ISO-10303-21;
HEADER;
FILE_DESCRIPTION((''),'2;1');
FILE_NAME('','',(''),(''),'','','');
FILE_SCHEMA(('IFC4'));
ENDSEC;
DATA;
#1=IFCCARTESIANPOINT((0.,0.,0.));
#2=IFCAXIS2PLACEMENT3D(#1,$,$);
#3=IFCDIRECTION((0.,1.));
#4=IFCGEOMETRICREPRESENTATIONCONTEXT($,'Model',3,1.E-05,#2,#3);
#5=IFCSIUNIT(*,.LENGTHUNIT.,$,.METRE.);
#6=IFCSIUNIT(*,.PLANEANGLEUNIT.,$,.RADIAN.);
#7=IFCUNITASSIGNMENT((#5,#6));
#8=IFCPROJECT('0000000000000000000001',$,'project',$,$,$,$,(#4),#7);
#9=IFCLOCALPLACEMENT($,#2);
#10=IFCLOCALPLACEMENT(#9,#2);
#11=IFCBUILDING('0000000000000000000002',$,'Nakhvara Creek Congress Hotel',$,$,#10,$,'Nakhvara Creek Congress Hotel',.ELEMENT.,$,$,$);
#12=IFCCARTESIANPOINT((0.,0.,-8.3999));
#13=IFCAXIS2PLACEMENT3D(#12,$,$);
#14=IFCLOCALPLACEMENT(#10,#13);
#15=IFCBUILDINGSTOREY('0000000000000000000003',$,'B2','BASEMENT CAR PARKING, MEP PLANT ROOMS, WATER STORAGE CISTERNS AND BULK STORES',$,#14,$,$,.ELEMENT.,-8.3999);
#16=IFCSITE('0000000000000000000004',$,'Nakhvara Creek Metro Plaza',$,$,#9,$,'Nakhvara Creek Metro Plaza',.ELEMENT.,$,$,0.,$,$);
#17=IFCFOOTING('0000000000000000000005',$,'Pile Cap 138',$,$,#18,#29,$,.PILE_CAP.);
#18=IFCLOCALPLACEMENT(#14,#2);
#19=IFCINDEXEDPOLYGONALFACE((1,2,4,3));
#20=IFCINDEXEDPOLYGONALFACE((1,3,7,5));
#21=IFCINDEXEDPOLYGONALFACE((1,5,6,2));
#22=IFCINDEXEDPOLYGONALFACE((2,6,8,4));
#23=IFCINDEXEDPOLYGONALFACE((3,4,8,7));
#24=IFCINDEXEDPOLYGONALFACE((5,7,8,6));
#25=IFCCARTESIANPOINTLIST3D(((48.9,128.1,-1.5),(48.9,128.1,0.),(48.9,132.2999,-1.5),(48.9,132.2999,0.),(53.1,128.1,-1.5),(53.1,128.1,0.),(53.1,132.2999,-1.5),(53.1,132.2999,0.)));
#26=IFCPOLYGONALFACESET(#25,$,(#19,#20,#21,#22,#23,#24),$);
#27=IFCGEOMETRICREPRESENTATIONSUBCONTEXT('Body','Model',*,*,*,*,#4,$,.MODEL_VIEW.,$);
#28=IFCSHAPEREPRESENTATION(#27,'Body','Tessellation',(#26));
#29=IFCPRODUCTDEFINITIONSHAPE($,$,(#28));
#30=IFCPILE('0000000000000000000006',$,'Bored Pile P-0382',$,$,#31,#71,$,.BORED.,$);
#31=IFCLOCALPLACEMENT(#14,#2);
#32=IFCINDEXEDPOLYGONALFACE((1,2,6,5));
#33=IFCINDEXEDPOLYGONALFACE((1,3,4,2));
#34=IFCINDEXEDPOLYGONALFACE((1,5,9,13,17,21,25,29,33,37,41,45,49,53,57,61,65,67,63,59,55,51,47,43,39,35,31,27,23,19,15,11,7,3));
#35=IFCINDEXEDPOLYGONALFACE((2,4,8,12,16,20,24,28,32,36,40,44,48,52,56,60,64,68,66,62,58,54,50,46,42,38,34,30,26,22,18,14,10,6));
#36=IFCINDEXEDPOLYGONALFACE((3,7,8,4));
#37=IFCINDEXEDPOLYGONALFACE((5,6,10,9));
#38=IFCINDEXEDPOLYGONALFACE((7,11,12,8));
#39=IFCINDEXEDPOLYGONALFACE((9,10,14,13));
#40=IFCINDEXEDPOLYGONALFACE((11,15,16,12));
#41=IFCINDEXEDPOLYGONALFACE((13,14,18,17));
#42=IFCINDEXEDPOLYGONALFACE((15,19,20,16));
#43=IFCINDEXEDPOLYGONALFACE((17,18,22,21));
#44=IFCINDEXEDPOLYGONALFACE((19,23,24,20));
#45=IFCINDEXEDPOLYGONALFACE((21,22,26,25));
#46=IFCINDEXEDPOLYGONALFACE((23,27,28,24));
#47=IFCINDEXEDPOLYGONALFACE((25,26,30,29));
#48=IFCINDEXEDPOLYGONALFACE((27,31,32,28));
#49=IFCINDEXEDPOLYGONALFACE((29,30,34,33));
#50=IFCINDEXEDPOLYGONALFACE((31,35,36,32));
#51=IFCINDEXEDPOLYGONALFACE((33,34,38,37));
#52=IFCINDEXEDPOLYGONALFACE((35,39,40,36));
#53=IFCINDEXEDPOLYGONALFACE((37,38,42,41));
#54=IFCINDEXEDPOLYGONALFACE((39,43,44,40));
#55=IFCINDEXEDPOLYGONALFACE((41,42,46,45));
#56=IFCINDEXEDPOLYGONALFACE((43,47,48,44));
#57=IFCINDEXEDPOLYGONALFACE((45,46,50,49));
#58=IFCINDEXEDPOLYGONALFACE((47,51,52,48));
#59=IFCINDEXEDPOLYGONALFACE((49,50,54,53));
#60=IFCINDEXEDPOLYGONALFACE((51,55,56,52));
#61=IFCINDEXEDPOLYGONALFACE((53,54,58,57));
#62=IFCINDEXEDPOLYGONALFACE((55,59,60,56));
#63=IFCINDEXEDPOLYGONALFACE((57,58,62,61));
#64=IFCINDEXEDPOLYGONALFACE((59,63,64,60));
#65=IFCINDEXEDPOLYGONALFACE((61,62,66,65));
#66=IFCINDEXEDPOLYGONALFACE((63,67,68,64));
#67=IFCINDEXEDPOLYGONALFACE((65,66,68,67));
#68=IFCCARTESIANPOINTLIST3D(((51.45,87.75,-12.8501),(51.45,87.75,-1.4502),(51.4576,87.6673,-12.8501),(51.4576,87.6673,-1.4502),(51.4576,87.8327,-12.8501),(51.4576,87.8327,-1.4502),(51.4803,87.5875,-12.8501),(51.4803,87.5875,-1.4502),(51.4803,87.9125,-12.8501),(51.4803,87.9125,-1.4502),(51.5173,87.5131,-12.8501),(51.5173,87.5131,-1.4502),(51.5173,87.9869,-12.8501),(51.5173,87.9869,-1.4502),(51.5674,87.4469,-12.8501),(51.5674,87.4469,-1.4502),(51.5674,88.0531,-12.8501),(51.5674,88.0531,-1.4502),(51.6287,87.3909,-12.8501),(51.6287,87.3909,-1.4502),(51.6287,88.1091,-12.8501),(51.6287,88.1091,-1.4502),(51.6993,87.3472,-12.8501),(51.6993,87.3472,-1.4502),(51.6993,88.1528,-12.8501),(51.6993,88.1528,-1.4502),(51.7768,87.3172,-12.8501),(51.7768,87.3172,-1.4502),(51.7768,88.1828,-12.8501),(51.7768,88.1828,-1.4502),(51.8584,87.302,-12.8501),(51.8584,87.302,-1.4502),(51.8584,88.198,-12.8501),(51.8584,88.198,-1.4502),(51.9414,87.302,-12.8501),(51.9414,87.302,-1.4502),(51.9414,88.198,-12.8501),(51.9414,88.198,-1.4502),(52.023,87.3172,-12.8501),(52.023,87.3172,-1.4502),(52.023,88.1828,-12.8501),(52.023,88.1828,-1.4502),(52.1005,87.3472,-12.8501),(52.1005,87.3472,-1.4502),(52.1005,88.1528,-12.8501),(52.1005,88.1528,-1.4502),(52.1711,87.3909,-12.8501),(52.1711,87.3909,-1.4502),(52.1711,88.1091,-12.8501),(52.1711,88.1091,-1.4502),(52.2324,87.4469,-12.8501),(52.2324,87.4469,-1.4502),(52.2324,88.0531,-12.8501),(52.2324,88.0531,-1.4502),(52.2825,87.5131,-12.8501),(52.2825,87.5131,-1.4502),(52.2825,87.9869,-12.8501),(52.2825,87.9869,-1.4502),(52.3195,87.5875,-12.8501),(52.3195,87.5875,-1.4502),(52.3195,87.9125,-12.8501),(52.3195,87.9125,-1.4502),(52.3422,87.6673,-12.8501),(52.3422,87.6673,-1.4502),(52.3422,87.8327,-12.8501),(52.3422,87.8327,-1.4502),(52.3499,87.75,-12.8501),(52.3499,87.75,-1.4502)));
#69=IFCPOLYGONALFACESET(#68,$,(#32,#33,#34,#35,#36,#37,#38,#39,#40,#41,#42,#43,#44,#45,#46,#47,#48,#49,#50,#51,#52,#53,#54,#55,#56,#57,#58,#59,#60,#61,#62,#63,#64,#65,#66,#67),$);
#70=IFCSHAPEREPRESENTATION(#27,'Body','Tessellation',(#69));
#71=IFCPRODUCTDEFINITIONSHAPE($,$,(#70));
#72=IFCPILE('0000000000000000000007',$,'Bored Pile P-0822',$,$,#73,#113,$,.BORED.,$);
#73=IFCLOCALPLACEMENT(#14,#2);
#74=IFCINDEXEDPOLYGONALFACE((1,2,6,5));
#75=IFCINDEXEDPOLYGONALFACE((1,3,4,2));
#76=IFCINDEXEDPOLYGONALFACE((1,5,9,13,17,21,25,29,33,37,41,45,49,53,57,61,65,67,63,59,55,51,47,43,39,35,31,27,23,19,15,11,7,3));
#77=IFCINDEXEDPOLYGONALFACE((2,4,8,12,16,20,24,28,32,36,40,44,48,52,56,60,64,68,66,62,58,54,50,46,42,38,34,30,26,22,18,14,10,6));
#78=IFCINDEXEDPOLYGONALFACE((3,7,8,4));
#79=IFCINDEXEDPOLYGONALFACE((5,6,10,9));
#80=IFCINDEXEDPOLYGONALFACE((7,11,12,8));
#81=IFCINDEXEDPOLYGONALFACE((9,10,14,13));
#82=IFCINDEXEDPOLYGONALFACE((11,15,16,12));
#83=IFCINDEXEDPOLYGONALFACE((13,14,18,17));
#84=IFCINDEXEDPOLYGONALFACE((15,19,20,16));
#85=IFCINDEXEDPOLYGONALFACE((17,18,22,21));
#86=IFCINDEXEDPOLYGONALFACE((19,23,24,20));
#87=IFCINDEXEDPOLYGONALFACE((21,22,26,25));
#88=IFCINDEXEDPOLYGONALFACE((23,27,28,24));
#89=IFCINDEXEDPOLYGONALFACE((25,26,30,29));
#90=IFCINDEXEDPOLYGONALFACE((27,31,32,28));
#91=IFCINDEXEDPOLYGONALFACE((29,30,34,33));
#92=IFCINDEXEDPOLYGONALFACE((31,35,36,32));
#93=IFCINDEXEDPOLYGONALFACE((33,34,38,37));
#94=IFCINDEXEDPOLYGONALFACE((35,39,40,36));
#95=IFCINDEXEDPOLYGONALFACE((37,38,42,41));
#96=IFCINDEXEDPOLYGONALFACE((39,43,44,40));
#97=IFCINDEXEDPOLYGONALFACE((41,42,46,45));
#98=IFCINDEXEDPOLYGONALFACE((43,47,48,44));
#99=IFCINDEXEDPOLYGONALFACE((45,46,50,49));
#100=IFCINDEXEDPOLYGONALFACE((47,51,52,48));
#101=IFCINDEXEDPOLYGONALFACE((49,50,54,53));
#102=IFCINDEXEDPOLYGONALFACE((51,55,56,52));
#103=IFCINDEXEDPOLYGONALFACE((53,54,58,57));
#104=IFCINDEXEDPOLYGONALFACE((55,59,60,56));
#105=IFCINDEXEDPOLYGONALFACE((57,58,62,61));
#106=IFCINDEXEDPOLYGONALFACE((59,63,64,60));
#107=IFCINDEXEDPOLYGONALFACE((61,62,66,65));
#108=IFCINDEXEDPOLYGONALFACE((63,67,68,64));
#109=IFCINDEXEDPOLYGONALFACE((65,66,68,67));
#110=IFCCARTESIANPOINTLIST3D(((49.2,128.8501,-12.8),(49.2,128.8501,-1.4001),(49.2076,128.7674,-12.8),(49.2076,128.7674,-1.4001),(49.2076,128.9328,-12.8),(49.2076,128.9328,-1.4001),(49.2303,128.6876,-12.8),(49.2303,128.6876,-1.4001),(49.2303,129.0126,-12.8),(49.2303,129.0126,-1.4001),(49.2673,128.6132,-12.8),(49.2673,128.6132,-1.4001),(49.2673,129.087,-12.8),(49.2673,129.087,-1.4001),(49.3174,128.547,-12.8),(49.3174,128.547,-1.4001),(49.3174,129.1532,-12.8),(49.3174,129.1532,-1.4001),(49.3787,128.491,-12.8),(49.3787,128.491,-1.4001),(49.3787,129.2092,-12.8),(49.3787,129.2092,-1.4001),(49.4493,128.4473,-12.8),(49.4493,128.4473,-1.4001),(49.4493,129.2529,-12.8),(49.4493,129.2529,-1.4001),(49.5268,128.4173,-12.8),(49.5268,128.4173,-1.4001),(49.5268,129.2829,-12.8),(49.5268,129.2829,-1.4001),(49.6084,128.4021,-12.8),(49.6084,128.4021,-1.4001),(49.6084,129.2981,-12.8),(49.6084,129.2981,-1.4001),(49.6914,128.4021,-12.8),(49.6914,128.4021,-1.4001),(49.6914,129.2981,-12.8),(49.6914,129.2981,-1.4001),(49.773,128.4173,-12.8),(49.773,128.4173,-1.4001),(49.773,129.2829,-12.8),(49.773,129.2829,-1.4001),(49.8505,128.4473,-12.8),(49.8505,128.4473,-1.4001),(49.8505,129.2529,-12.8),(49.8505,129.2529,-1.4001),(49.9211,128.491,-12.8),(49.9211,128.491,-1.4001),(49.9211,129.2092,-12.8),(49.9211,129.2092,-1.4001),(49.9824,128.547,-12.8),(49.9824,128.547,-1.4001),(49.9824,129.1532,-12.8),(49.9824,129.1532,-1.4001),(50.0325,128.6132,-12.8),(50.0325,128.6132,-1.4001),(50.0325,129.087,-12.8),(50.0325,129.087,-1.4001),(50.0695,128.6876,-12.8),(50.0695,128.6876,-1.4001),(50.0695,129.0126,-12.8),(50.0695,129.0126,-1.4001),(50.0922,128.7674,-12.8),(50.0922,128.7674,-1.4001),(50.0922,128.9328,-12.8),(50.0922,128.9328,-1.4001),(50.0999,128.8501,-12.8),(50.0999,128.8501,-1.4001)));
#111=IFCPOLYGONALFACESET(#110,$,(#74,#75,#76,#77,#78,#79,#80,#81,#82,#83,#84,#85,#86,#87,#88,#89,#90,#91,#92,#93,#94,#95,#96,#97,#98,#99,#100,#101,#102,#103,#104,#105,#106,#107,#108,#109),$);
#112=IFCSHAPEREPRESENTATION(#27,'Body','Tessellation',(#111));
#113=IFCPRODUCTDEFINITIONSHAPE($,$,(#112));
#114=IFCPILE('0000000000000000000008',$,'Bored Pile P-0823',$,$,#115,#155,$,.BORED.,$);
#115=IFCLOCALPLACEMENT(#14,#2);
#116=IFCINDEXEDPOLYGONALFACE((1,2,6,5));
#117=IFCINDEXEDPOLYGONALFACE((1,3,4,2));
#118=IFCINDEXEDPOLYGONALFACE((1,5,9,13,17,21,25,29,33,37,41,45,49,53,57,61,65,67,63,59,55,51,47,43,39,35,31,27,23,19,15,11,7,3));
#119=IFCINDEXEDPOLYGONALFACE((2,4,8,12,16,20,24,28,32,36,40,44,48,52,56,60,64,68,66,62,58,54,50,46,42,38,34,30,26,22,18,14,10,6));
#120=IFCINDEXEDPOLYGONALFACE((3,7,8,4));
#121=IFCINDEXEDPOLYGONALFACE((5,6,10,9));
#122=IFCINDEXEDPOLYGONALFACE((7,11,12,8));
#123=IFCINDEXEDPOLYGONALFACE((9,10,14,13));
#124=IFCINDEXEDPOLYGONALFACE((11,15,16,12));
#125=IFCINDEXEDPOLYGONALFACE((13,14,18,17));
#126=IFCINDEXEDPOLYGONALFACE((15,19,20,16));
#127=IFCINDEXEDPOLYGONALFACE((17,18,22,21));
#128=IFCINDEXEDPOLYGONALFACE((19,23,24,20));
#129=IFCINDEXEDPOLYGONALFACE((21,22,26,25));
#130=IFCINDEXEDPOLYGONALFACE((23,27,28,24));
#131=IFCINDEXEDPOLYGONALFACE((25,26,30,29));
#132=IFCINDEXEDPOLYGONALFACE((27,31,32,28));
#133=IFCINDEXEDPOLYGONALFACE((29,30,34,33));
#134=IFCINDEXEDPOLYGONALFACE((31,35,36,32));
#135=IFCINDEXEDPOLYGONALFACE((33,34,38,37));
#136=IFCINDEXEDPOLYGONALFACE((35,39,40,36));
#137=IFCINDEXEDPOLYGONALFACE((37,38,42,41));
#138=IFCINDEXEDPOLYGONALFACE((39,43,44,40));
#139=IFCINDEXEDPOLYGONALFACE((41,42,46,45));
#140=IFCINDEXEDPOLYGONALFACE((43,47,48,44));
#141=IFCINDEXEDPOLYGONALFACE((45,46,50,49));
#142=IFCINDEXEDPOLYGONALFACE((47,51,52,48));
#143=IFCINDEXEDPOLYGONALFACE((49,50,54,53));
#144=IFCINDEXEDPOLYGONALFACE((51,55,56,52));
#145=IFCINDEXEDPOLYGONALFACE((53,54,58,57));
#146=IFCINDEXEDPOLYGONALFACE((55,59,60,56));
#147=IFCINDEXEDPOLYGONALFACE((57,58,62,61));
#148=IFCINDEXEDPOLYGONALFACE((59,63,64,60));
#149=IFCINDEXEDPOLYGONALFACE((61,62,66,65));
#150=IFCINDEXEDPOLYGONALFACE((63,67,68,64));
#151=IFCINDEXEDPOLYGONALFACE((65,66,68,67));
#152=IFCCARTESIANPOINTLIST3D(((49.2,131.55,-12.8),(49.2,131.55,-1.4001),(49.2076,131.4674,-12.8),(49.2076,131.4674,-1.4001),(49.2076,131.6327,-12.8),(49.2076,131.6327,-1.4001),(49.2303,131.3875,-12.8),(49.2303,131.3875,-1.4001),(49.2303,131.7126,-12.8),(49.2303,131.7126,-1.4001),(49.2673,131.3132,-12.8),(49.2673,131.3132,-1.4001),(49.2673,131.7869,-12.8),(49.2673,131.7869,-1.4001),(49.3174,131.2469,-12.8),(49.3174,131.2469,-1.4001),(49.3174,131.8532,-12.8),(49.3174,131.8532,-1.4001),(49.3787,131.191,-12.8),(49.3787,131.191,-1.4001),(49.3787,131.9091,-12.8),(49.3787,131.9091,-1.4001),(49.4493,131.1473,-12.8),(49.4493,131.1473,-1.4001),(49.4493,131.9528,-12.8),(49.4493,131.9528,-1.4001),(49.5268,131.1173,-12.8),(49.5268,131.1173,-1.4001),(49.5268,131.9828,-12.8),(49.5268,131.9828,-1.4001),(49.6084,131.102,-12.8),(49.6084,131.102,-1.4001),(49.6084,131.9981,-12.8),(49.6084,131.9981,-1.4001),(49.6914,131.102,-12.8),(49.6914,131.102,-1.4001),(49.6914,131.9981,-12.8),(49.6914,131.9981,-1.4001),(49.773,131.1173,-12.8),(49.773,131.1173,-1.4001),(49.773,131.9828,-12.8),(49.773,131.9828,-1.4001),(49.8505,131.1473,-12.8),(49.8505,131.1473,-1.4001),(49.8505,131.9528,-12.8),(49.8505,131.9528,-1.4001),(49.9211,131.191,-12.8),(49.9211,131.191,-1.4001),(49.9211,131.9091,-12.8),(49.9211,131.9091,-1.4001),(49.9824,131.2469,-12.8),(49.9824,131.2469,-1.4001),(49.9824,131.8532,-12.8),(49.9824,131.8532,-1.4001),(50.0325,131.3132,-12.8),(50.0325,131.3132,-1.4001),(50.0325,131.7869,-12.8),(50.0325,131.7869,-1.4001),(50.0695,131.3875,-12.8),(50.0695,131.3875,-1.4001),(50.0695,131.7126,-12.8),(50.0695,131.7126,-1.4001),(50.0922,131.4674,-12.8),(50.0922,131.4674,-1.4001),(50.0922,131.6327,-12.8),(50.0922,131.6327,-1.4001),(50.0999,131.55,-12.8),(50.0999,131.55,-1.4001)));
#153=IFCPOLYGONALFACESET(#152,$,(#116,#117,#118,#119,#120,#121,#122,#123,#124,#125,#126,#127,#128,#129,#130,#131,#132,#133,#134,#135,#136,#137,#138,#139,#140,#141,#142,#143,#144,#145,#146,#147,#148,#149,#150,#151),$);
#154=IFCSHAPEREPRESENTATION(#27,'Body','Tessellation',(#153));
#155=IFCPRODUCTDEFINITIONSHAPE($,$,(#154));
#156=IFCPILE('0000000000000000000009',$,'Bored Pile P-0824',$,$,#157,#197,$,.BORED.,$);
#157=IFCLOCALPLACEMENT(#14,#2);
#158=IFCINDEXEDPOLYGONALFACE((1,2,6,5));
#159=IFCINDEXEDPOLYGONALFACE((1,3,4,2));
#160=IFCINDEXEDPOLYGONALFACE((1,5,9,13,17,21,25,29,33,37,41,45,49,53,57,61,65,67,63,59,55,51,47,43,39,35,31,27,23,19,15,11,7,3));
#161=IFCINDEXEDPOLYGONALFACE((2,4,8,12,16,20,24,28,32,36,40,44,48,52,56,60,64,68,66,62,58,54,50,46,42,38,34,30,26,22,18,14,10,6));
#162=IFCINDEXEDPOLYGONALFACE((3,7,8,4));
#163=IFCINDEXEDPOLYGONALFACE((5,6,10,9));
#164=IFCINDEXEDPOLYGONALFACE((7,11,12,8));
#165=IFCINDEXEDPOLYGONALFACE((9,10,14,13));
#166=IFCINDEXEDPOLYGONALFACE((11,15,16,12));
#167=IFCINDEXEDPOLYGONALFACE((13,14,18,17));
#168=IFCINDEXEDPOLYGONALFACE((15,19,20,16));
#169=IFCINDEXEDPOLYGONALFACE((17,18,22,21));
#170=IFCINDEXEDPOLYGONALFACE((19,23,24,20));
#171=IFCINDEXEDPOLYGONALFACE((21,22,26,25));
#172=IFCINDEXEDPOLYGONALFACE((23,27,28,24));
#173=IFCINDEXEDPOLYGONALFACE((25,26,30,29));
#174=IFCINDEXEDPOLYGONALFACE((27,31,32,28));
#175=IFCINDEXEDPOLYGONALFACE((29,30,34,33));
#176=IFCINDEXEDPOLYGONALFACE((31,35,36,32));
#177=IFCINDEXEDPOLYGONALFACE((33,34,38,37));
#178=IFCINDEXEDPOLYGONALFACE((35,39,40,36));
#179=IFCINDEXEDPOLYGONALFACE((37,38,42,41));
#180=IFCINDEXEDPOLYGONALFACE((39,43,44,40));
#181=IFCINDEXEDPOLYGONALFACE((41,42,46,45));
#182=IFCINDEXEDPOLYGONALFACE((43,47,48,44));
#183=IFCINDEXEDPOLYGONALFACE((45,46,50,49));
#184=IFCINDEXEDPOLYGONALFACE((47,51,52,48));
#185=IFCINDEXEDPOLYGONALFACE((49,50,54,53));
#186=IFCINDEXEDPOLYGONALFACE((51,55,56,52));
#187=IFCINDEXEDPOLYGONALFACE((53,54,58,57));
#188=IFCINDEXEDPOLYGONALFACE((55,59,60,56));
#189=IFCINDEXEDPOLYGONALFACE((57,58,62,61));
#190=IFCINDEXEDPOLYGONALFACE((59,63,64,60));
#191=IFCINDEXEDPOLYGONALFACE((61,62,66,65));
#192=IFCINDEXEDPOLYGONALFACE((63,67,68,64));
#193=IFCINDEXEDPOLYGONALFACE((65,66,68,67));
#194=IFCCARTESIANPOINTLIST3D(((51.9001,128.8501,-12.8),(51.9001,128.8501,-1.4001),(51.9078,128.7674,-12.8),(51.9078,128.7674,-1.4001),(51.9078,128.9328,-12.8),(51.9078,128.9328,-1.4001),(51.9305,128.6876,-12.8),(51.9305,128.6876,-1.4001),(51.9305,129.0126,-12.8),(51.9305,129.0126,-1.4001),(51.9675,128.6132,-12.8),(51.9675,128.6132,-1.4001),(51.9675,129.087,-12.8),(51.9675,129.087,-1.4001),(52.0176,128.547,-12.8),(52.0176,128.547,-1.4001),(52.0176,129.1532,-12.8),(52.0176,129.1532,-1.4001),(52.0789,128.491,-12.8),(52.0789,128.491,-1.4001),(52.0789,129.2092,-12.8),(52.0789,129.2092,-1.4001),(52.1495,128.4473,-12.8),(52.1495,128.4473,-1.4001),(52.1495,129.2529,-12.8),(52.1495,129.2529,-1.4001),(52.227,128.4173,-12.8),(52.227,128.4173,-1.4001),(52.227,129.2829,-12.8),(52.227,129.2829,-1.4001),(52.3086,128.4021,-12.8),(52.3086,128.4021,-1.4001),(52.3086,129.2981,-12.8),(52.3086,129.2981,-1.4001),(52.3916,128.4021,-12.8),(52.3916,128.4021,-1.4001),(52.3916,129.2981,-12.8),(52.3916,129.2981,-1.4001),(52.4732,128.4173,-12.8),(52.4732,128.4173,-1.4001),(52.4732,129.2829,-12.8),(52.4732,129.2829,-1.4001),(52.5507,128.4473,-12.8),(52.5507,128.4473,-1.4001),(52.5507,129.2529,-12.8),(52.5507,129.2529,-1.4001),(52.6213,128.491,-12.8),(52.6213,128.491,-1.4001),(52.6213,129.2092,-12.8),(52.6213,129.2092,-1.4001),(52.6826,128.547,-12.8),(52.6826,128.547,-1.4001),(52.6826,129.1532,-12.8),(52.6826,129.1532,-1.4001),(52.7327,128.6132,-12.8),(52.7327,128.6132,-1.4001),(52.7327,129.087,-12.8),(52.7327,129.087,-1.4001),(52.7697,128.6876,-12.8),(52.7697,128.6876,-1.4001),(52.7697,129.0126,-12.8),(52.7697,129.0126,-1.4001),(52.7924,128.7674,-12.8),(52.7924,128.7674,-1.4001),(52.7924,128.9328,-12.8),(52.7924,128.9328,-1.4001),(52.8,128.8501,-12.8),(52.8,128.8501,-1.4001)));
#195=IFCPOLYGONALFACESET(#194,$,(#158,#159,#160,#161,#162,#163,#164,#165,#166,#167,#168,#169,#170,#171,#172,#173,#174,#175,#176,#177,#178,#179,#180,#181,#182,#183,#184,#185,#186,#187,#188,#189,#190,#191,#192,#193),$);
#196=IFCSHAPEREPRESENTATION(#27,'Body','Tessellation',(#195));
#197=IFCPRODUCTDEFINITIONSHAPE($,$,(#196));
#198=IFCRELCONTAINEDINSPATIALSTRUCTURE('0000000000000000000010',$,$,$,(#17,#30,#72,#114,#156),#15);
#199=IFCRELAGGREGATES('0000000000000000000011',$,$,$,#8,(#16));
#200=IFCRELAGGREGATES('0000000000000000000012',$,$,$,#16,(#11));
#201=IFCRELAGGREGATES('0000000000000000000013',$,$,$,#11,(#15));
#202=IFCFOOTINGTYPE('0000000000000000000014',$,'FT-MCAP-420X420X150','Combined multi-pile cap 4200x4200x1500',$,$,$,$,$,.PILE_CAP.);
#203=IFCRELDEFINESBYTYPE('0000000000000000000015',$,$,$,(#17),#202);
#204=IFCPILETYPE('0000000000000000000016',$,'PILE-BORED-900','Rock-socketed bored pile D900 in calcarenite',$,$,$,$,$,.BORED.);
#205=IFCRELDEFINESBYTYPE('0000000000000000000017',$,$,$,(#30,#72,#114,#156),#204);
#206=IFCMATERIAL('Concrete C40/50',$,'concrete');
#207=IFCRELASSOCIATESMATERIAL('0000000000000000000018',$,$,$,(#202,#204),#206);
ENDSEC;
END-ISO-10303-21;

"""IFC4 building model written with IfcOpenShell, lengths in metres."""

from ifc_helpers import new_model, si_unit, direction, frame, origin, origin_2d, place, context, subcontext, project, spatial, rectangle, circle, extrude, material, material_profile, profile_set, type_object, element, save


model = new_model("IFC4")

# Units and contexts
model_context = context("Model", 3, precision=1e-05, world=origin(), true_north=direction((0.0, 1.0)))
body_context = subcontext(model_context, "Body", "Model", "MODEL_VIEW")
ifc_project = project(units=[si_unit("LENGTHUNIT", "METRE"), si_unit("PLANEANGLEUNIT", "RADIAN")], contexts=[model_context])

# Site, building, storey
site_placement = place(None, origin())
site = spatial("IfcSite", under=ifc_project, at=site_placement, Name="Nakhvara Creek Metro Plaza", LongName="Nakhvara Creek Metro Plaza", CompositionType="ELEMENT", RefElevation=0.0)
building_placement = place(site_placement, origin())
building = spatial("IfcBuilding", under=site, at=building_placement, Name="Nakhvara Creek Congress Hotel", LongName="Nakhvara Creek Congress Hotel", CompositionType="ELEMENT")
storey_placement = place(building_placement, frame((0.0, 0.0, -8.3999)))
storey = spatial("IfcBuildingStorey", under=building, at=storey_placement, Name="B2", Description="BASEMENT CAR PARKING, MEP PLANT ROOMS, WATER STORAGE CISTERNS AND BULK STORES", CompositionType="ELEMENT", Elevation=-8.3999)

# Footing
ifc_material_1 = material(Name="Concrete C40/50", Category="concrete")
footing_type = type_object("IfcFootingType", Name="FT-MCAP-420X420X150", Description="Combined multi-pile cap 4200x4200x1500", PredefinedType="PILE_CAP", material=ifc_material_1)
footing_placement = place(storey_placement, frame((51.0, 130.2, -1.5), z_axis=(0.0, 0.0, 1.0), x_axis=(1.0, 0.0, 0.0)))
element("IfcFooting", 1, at=footing_placement, inside=storey, type_object=footing_type, Name="Pile Cap 138", PredefinedType="PILE_CAP", context=body_context, shape_type="SweptSolid", body=[
    extrude(rectangle(XDim=4.2, YDim=4.2, at=origin_2d()), origin(), (0.0, 0.0, 1.0), 1.5),
])

# Piles
ifc_material_profile_1 = material_profile(ifc_material_1, circle(Radius=0.45, at=origin_2d()), Name="BORED PILE D900", Category="LoadBearing")
ifc_profile_set_1 = profile_set([ifc_material_profile_1], Name="Concrete C40/50")
pile_type = type_object("IfcPileType", Name="PILE-BORED-900", Description="Rock-socketed bored pile D900 in calcarenite", PredefinedType="BORED", material=ifc_profile_set_1)
for number, where, z_axis, x_axis, name in (
    (2, (51.8999, 87.75, -1.4502), (0.0, 0.0, -1.0), (1.0, 0.0, 0.0), "Bored Pile P-0382"),
    (3, (49.6499, 128.8501, -1.4001), (0.0, 0.0, -1.0), (1.0, 0.0, 0.0), "Bored Pile P-0822"),
    (4, (49.6499, 131.55, -1.4001), (0.0, 0.0, -1.0), (1.0, 0.0, 0.0), "Bored Pile P-0823"),
    (5, (52.3501, 128.8501, -1.4001), (0.0, 0.0, -1.0), (1.0, 0.0, 0.0), "Bored Pile P-0824"),
):
    element("IfcPile", number, at=place(storey_placement, frame(where, z_axis=z_axis, x_axis=x_axis)), inside=storey, type_object=pile_type, Name=name, PredefinedType="BORED", context=body_context, shape_type="SweptSolid", body=[
        extrude(circle(Radius=0.45, at=origin_2d()), origin(), (0.0, 0.0, 1.0), 11.3999),
    ])

save(model, "model.ifc")
